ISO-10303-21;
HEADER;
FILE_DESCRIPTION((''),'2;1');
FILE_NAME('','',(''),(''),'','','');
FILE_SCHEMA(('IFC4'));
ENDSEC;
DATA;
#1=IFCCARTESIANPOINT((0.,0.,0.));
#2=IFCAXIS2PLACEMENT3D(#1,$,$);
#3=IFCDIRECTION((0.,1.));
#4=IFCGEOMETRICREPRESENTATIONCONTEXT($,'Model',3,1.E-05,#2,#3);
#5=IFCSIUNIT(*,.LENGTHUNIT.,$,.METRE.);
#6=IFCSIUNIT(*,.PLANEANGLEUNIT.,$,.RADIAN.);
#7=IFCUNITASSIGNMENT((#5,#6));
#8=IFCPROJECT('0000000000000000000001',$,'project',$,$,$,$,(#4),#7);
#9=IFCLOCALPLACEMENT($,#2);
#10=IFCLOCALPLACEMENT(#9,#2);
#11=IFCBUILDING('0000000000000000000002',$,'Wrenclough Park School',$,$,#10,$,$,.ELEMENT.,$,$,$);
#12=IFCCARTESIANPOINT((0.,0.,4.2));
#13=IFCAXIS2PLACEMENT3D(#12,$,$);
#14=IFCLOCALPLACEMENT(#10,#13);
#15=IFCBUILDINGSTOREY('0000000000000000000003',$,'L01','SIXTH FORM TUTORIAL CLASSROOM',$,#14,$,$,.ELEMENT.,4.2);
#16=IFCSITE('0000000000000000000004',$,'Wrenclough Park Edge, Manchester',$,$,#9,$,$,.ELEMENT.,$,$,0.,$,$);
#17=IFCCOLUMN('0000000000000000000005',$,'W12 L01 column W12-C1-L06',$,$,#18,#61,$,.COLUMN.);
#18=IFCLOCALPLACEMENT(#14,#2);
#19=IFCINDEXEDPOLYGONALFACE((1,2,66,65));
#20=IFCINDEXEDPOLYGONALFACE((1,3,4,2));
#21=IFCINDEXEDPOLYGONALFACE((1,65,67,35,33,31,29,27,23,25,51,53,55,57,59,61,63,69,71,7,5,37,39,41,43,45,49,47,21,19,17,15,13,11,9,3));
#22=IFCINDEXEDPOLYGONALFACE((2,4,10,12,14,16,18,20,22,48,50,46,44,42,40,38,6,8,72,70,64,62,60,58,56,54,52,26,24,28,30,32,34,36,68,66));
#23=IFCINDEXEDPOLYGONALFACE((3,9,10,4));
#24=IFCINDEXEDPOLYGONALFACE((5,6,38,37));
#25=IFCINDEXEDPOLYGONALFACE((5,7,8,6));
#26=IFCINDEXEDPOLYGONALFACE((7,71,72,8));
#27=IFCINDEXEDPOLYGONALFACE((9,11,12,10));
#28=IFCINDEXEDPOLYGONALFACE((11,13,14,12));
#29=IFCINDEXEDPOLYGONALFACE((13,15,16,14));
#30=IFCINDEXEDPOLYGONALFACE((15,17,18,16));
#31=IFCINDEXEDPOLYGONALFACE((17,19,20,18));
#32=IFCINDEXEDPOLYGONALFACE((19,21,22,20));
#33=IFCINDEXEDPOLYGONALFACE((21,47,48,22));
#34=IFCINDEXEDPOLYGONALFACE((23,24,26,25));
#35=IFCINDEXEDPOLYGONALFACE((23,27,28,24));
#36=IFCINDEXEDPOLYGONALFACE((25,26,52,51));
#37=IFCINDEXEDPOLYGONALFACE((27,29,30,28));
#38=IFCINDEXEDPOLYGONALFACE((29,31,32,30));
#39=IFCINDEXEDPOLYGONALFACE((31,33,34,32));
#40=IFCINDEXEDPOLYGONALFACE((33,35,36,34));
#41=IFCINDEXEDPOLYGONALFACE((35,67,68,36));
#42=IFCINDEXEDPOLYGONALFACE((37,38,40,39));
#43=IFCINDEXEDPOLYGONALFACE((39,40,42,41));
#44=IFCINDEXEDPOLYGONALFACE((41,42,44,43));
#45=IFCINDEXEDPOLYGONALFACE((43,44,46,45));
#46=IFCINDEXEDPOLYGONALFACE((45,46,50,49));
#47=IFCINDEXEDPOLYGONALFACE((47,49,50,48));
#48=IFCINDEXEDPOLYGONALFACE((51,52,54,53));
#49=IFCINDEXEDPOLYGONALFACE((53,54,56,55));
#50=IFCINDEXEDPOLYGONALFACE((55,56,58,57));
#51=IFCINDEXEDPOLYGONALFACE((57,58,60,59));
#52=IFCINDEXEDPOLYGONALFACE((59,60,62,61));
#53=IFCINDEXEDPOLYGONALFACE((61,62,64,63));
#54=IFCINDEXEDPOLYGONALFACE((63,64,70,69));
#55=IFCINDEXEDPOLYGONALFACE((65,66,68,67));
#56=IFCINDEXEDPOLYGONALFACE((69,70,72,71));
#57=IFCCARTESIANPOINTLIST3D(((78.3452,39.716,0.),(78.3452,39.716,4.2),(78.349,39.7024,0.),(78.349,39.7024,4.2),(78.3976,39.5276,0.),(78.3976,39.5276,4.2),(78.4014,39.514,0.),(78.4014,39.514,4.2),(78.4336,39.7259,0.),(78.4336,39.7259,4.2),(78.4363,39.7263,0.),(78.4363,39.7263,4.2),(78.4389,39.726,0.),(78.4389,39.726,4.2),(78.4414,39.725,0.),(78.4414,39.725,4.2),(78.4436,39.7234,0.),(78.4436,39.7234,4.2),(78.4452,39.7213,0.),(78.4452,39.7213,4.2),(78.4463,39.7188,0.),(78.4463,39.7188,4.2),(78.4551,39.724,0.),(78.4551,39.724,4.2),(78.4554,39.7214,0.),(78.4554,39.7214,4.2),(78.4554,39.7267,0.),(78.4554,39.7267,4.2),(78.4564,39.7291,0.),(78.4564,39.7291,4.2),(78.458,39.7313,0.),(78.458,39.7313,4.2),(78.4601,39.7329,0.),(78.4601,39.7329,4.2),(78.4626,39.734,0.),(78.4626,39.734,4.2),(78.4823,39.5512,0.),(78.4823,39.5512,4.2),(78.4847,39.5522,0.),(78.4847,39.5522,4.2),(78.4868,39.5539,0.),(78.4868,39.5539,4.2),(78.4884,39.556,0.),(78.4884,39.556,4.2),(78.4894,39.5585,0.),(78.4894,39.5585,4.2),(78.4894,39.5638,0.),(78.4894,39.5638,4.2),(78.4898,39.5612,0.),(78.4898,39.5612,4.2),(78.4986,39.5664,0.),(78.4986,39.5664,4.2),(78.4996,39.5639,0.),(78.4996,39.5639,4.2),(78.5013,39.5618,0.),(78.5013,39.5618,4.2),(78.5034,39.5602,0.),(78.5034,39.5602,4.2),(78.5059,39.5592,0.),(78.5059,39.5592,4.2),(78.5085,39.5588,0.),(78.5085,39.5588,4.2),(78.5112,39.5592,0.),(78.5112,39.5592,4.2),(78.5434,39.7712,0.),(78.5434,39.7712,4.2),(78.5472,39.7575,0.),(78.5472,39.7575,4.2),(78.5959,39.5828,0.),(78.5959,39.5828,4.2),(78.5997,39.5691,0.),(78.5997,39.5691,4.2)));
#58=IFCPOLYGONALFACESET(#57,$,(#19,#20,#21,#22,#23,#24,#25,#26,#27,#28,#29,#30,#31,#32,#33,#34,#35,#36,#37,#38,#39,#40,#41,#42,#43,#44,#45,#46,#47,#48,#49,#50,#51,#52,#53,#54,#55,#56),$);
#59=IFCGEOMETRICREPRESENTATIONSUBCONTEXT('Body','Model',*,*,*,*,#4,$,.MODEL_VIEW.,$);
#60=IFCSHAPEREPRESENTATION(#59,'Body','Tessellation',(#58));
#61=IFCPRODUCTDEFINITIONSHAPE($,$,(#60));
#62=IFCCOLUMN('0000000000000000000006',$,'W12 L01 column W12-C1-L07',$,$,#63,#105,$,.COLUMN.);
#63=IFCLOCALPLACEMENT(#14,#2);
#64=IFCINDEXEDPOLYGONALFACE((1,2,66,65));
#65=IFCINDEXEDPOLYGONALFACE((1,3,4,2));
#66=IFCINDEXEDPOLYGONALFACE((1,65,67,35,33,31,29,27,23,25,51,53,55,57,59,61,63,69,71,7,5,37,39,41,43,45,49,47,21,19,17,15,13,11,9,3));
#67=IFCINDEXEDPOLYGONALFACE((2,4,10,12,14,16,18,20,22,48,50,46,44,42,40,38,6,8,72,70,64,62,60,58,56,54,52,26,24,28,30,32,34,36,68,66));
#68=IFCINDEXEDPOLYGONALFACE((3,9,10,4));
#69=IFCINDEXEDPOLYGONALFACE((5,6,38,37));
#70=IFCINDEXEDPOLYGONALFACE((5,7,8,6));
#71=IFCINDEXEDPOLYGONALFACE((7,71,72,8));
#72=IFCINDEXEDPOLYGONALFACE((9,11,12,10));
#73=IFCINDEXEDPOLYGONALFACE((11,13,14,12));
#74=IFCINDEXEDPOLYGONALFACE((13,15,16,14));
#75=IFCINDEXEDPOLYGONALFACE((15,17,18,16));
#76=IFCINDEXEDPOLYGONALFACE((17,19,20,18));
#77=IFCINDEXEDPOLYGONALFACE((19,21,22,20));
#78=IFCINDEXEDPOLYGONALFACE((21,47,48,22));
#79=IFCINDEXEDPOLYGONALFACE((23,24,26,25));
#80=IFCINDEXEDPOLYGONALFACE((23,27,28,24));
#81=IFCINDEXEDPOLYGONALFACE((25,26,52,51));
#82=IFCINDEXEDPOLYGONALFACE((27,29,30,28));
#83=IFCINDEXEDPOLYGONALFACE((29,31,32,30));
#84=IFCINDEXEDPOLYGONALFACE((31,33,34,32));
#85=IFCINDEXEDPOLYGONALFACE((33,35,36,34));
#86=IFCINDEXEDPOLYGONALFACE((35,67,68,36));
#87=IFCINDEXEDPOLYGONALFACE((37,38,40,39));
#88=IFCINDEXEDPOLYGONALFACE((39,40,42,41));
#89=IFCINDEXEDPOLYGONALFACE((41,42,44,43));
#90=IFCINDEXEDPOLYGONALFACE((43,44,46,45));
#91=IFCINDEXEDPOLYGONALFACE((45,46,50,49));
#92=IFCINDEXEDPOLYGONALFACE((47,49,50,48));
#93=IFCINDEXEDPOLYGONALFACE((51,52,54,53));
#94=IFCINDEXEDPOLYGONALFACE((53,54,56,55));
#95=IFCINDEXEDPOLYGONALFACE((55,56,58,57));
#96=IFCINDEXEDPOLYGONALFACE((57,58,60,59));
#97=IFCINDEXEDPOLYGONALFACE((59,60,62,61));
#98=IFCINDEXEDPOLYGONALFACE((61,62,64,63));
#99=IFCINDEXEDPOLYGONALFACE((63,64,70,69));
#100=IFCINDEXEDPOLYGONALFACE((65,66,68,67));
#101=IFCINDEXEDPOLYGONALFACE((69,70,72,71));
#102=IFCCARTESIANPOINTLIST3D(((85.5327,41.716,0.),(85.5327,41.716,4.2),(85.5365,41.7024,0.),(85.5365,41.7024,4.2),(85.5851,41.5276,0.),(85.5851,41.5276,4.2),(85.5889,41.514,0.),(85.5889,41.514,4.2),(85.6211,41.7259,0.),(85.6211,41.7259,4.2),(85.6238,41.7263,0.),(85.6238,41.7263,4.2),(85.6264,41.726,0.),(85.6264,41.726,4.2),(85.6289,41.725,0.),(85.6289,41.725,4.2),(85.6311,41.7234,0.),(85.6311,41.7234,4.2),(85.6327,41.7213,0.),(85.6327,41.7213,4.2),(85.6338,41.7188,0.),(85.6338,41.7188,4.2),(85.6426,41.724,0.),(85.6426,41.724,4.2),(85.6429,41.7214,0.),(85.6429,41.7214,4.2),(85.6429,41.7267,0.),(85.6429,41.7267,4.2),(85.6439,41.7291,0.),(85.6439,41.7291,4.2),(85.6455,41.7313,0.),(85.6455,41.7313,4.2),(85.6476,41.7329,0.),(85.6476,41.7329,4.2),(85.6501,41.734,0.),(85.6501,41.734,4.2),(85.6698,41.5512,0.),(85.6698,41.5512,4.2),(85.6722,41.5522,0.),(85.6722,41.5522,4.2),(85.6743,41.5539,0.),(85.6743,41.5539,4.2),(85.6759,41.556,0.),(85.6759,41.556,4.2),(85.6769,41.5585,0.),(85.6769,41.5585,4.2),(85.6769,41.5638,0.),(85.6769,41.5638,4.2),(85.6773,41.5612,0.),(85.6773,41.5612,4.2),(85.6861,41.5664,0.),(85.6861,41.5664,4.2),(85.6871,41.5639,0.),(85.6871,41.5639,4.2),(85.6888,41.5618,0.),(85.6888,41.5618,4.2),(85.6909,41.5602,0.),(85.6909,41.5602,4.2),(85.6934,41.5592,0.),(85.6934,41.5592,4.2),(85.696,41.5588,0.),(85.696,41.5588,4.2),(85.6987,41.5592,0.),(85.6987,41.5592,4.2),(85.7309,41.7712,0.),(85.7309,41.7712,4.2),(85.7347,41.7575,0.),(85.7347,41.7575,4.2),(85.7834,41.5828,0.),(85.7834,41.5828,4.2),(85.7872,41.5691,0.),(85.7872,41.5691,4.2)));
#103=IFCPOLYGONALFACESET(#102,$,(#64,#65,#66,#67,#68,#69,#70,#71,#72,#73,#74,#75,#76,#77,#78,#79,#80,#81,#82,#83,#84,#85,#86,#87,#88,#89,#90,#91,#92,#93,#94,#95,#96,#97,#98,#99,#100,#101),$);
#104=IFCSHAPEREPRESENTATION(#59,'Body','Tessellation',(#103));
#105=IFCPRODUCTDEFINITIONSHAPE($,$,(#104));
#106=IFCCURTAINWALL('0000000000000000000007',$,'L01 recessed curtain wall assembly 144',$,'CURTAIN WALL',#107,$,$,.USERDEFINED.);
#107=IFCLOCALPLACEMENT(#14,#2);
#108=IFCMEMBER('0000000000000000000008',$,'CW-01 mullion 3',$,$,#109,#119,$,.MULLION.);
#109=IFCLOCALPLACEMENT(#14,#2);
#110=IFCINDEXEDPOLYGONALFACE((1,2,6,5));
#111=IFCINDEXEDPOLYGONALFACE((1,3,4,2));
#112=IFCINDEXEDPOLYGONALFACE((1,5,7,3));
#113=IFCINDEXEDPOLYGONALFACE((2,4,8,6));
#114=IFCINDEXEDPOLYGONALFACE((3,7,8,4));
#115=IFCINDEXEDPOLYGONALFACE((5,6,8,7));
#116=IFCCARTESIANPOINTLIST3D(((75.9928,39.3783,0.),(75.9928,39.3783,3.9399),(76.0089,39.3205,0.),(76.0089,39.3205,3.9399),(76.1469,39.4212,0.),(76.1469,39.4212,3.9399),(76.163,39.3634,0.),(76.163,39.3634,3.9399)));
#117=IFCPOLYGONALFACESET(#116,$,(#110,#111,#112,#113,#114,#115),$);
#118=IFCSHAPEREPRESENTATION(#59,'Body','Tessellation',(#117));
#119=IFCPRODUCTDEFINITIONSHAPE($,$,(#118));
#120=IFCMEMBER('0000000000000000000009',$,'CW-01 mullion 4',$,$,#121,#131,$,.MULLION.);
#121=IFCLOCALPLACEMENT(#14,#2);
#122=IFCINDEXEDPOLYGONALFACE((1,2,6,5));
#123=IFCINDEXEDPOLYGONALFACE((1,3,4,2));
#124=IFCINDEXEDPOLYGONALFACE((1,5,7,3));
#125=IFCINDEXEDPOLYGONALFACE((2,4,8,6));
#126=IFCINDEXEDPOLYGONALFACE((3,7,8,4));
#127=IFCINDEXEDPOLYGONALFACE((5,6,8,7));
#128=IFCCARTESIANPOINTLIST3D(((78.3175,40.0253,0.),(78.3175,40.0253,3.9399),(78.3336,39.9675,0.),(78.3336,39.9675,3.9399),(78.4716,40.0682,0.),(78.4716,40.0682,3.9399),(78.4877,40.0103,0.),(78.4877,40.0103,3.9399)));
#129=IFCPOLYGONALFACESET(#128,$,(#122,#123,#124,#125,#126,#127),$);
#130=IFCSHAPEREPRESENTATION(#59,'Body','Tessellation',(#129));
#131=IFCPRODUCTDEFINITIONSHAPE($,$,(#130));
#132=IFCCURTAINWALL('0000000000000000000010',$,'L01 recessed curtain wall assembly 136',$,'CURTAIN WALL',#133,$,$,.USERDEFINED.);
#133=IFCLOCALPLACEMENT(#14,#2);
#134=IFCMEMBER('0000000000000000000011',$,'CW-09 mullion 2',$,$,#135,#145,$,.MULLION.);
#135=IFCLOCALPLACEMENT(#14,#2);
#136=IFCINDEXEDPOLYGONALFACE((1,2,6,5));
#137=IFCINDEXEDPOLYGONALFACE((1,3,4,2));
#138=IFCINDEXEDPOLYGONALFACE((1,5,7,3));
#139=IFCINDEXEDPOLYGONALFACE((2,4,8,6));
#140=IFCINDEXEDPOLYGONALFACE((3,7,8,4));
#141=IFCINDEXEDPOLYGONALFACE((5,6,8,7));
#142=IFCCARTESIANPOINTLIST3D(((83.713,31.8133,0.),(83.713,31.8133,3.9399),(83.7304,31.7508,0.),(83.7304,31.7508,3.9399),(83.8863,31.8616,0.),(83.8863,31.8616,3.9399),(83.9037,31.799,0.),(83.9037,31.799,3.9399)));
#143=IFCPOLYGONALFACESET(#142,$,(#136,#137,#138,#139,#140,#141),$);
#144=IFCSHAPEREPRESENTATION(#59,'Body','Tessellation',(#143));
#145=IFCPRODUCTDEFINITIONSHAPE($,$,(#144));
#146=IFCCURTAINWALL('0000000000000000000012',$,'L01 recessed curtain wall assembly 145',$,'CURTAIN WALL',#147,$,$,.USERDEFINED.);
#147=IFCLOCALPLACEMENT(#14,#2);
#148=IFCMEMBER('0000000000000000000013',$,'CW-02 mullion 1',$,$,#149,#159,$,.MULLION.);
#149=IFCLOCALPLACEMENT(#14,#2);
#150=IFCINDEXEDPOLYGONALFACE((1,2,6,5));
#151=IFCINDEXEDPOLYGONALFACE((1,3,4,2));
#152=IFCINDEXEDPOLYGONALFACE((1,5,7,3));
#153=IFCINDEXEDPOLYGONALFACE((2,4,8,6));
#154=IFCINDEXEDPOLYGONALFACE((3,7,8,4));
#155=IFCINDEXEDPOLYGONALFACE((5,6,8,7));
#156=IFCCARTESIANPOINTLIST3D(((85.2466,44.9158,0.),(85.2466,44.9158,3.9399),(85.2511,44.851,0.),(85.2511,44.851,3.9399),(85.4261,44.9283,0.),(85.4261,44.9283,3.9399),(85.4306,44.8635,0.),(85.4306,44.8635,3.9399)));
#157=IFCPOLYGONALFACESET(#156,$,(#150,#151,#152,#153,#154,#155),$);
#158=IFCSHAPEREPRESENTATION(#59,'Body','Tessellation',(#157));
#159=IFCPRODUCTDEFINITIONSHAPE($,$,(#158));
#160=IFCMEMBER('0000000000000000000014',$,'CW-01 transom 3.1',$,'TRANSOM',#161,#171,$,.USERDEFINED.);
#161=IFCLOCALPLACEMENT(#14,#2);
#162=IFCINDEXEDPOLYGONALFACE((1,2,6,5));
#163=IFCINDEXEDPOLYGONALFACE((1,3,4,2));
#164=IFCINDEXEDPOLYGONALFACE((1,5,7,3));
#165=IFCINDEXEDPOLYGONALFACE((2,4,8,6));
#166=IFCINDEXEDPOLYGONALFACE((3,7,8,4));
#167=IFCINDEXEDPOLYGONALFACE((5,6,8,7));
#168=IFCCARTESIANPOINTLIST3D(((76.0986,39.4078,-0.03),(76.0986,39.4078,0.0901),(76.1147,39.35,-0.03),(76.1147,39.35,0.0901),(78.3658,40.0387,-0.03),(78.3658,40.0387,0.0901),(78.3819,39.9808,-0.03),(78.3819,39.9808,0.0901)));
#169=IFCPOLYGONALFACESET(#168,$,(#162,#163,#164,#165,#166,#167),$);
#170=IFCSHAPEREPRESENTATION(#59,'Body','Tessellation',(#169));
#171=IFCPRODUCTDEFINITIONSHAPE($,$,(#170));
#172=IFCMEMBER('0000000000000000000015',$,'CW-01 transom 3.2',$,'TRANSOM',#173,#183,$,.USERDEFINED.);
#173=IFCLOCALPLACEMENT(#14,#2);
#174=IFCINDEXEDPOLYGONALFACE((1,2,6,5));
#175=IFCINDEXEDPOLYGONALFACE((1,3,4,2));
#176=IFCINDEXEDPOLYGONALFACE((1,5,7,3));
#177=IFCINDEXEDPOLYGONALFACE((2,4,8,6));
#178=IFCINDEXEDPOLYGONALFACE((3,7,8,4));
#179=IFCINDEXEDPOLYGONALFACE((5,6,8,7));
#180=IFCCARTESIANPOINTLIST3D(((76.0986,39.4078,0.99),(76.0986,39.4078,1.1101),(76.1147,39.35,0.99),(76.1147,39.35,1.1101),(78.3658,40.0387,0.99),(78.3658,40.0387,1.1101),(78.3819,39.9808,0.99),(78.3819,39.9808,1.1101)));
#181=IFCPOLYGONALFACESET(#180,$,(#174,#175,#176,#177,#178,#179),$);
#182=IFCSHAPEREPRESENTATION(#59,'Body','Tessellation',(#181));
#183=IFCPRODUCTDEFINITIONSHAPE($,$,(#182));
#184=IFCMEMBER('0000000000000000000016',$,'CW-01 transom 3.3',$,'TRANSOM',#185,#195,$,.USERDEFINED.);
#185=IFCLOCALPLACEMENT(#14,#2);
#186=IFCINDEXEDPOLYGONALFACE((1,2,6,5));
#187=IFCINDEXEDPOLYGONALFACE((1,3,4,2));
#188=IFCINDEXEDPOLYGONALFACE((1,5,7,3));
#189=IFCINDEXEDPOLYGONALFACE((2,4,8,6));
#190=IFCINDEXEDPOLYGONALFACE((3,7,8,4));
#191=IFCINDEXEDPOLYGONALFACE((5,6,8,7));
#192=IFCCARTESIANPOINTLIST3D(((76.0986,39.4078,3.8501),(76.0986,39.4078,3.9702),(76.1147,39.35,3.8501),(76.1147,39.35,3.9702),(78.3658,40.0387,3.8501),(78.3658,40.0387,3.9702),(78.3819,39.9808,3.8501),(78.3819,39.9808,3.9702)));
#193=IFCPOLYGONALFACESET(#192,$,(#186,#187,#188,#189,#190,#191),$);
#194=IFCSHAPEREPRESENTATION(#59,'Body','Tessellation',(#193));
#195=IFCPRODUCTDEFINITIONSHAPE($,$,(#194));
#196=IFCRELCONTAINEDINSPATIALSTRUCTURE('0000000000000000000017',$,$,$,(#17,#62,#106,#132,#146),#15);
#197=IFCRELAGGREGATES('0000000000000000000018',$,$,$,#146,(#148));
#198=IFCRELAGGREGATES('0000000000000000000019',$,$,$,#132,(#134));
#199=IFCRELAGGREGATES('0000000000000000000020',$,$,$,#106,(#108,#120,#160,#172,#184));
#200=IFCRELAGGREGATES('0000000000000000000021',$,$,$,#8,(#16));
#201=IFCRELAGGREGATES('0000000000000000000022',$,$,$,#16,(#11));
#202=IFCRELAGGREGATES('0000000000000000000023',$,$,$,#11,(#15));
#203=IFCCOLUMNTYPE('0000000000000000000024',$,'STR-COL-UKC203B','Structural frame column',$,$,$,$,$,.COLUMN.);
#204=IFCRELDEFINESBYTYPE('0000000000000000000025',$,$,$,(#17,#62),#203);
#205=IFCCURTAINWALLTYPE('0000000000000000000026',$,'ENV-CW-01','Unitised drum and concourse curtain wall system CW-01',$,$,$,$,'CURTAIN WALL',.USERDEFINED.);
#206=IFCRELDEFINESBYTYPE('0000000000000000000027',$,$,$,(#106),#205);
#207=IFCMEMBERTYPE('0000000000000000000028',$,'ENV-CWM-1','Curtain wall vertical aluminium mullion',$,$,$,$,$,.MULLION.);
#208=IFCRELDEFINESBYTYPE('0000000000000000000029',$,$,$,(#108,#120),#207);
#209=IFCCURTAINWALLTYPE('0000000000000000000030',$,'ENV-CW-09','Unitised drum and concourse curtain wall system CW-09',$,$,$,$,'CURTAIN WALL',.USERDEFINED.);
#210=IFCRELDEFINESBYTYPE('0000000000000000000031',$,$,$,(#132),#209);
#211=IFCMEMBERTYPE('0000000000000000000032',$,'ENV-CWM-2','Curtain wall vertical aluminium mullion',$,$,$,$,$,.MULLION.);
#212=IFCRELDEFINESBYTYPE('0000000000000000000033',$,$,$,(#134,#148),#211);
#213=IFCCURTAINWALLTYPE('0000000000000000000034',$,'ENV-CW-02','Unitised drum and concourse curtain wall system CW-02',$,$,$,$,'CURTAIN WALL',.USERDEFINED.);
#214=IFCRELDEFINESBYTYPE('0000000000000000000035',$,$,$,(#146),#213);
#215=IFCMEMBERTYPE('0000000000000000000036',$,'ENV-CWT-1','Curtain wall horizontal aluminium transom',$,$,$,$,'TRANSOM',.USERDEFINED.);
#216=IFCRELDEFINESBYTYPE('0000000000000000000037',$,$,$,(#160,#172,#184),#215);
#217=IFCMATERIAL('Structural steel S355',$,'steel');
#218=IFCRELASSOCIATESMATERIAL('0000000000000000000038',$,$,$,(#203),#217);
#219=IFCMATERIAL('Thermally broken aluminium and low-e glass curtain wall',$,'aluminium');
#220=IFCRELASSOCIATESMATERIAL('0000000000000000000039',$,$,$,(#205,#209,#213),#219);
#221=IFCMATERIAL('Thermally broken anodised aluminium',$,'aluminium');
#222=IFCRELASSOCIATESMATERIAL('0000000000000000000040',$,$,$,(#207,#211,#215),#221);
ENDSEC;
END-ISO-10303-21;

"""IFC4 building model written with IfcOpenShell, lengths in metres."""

from ifc_helpers import new_model, si_unit, direction, frame, origin, origin_2d, place, context, subcontext, project, spatial, rectangle, i_section, extrude, material, material_profile, profile_set, type_object, element, aggregate, save


model = new_model("IFC4")

# Units and contexts
model_context = context("Model", 3, precision=1e-05, world=origin(), true_north=direction((0.0, 1.0)))
body_context = subcontext(model_context, "Body", "Model", "MODEL_VIEW")
ifc_project = project(units=[si_unit("LENGTHUNIT", "METRE"), si_unit("PLANEANGLEUNIT", "RADIAN")], contexts=[model_context])

# Site, building, storey
site_placement = place(None, origin())
site = spatial("IfcSite", under=ifc_project, at=site_placement, Name="Wrenclough Park Edge, Manchester", CompositionType="ELEMENT", RefElevation=0.0)
building_placement = place(site_placement, origin())
building = spatial("IfcBuilding", under=site, at=building_placement, Name="Wrenclough Park School", CompositionType="ELEMENT")
storey_placement = place(building_placement, frame((0.0, 0.0, 4.2)))
storey = spatial("IfcBuildingStorey", under=building, at=storey_placement, Name="L01", Description="SIXTH FORM TUTORIAL CLASSROOM", CompositionType="ELEMENT", Elevation=4.2)

# Columns
ifc_material_1 = material(Name="Structural steel S355", Category="steel")
ifc_material_profile_1 = material_profile(ifc_material_1, i_section(OverallWidth=0.2058, OverallDepth=0.2097, WebThickness=0.0095, FlangeThickness=0.0142, FilletRadius=0.0103, at=origin_2d()), Name="UKC 203x203x60")
ifc_profile_set_1 = profile_set([ifc_material_profile_1], Name="Structural steel S355")
column_type = type_object("IfcColumnType", Name="STR-COL-UKC203B", Description="Structural frame column", PredefinedType="COLUMN", material=ifc_profile_set_1)
for number, where, z_axis, x_axis, name in (
    (1, (78.4724, 39.6426, 0.0), (0.0, 0.0, 1.0), (0.963397, 0.268079, 0.0), "W12 L01 column W12-C1-L06"),
    (2, (85.6599, 41.6426, 0.0), (0.0, 0.0, 1.0), (0.963397, 0.268079, 0.0), "W12 L01 column W12-C1-L07"),
):
    element("IfcColumn", number, at=place(storey_placement, frame(where, z_axis=z_axis, x_axis=x_axis)), inside=storey, type_object=column_type, Name=name, PredefinedType="COLUMN", context=body_context, shape_type="SweptSolid", body=[
        extrude(i_section(OverallWidth=0.2058, OverallDepth=0.2097, WebThickness=0.0095, FlangeThickness=0.0142, FilletRadius=0.0103, at=origin_2d()), origin(), (0.0, 0.0, 1.0), 4.2),
    ])

# Curtain wall, members
ifc_material_2 = material(Name="Thermally broken aluminium and low-e glass curtain wall", Category="aluminium")
curtain_wall_type_1 = type_object("IfcCurtainWallType", Name="ENV-CW-01", Description="Unitised drum and concourse curtain wall system CW-01", ElementType="CURTAIN WALL", PredefinedType="USERDEFINED", material=ifc_material_2)
curtain_wall_1_placement = place(storey_placement, origin())
curtain_wall_1 = element("IfcCurtainWall", 3, at=curtain_wall_1_placement, inside=storey, type_object=curtain_wall_type_1, Name="L01 recessed curtain wall assembly 144", ObjectType="CURTAIN WALL", PredefinedType="USERDEFINED")
ifc_material_3 = material(Name="Thermally broken anodised aluminium", Category="aluminium")
ifc_material_profile_2 = material_profile(ifc_material_3, rectangle(XDim=0.0601, YDim=0.1599, at=origin_2d()), Name="AL MULLION 60x160")
ifc_profile_set_2 = profile_set([ifc_material_profile_2], Name="Thermally broken anodised aluminium")
member_type_1 = type_object("IfcMemberType", Name="ENV-CWM-1", Description="Curtain wall vertical aluminium mullion", PredefinedType="MULLION", material=ifc_profile_set_2)
member_1_placement = place(storey_placement, frame((76.0779, 39.3708, 0.0), z_axis=(0.0, 0.0, 1.0), x_axis=(-0.268082, 0.963396, 0.0)))
member_1 = element("IfcMember", 4, at=member_1_placement, type_object=member_type_1, Name="CW-01 mullion 3", PredefinedType="MULLION", context=body_context, shape_type="SweptSolid", body=[
    extrude(rectangle(XDim=0.0601, YDim=0.1599, at=origin_2d()), origin(), (0.0, 0.0, 1.0), 3.9399),
])
member_2_placement = place(storey_placement, frame((78.4026, 40.0178, 0.0), z_axis=(0.0, 0.0, 1.0), x_axis=(-0.268082, 0.963396, 0.0)))
member_2 = element("IfcMember", 5, at=member_2_placement, type_object=member_type_1, Name="CW-01 mullion 4", PredefinedType="MULLION", context=body_context, shape_type="SweptSolid", body=[
    extrude(rectangle(XDim=0.0601, YDim=0.1599, at=origin_2d()), origin(), (0.0, 0.0, 1.0), 3.9399),
])

# Curtain walls, members
curtain_wall_type_2 = type_object("IfcCurtainWallType", Name="ENV-CW-09", Description="Unitised drum and concourse curtain wall system CW-09", ElementType="CURTAIN WALL", PredefinedType="USERDEFINED", material=ifc_material_2)
curtain_wall_2_placement = place(storey_placement, origin())
curtain_wall_2 = element("IfcCurtainWall", 6, at=curtain_wall_2_placement, inside=storey, type_object=curtain_wall_type_2, Name="L01 recessed curtain wall assembly 136", ObjectType="CURTAIN WALL", PredefinedType="USERDEFINED")
ifc_material_profile_3 = material_profile(ifc_material_3, rectangle(XDim=0.0649, YDim=0.1799, at=origin_2d()), Name="AL MULLION 65x180")
ifc_profile_set_3 = profile_set([ifc_material_profile_3], Name="Thermally broken anodised aluminium")
member_type_2 = type_object("IfcMemberType", Name="ENV-CWM-2", Description="Curtain wall vertical aluminium mullion", PredefinedType="MULLION", material=ifc_profile_set_3)
member_3_placement = place(storey_placement, frame((83.8083, 31.8062, 0.0), z_axis=(0.0, 0.0, 1.0), x_axis=(0.268073, -0.963399, 0.0)))
member_3 = element("IfcMember", 7, at=member_3_placement, type_object=member_type_2, Name="CW-09 mullion 2", PredefinedType="MULLION", context=body_context, shape_type="SweptSolid", body=[
    extrude(rectangle(XDim=0.0649, YDim=0.1799, at=origin_2d()), origin(), (0.0, 0.0, 1.0), 3.9399),
])
curtain_wall_type_3 = type_object("IfcCurtainWallType", Name="ENV-CW-02", Description="Unitised drum and concourse curtain wall system CW-02", ElementType="CURTAIN WALL", PredefinedType="USERDEFINED", material=ifc_material_2)
curtain_wall_3_placement = place(storey_placement, origin())
curtain_wall_3 = element("IfcCurtainWall", 8, at=curtain_wall_3_placement, inside=storey, type_object=curtain_wall_type_3, Name="L01 recessed curtain wall assembly 145", ObjectType="CURTAIN WALL", PredefinedType="USERDEFINED")
member_4_placement = place(storey_placement, frame((85.3386, 44.8896, 0.0), z_axis=(0.0, 0.0, 1.0), x_axis=(-0.069742, 0.997565, 0.0)))
member_4 = element("IfcMember", 9, at=member_4_placement, type_object=member_type_2, Name="CW-02 mullion 1", PredefinedType="MULLION", context=body_context, shape_type="SweptSolid", body=[
    extrude(rectangle(XDim=0.0649, YDim=0.1799, at=origin_2d()), origin(), (0.0, 0.0, 1.0), 3.9399),
])

# Members
ifc_material_profile_4 = material_profile(ifc_material_3, rectangle(XDim=0.0601, YDim=0.1201, at=origin_2d()), Name="AL TRANSOM 60x120")
ifc_profile_set_4 = profile_set([ifc_material_profile_4], Name="Thermally broken anodised aluminium")
member_type_3 = type_object("IfcMemberType", Name="ENV-CWT-1", Description="Curtain wall horizontal aluminium transom", ElementType="TRANSOM", PredefinedType="USERDEFINED", material=ifc_profile_set_4)
member_5_placement = place(storey_placement, frame((76.1067, 39.3789, 0.03), z_axis=(0.963396, 0.268083, 0.0), x_axis=(-0.268083, 0.963396, 0.0)))
member_5 = element("IfcMember", 10, at=member_5_placement, type_object=member_type_3, Name="CW-01 transom 3.1", ObjectType="TRANSOM", PredefinedType="USERDEFINED", context=body_context, shape_type="SweptSolid", body=[
    extrude(rectangle(XDim=0.0601, YDim=0.1201, at=origin_2d()), origin(), (0.0, 0.0, 1.0), 2.3533),
])
member_6_placement = place(storey_placement, frame((76.1067, 39.3789, 1.05), z_axis=(0.963396, 0.268083, 0.0), x_axis=(-0.268083, 0.963396, 0.0)))
member_6 = element("IfcMember", 11, at=member_6_placement, type_object=member_type_3, Name="CW-01 transom 3.2", ObjectType="TRANSOM", PredefinedType="USERDEFINED", context=body_context, shape_type="SweptSolid", body=[
    extrude(rectangle(XDim=0.0601, YDim=0.1201, at=origin_2d()), origin(), (0.0, 0.0, 1.0), 2.3533),
])
member_7_placement = place(storey_placement, frame((76.1067, 39.3789, 3.9102), z_axis=(0.963396, 0.268083, 0.0), x_axis=(-0.268083, 0.963396, 0.0)))
member_7 = element("IfcMember", 12, at=member_7_placement, type_object=member_type_3, Name="CW-01 transom 3.3", ObjectType="TRANSOM", PredefinedType="USERDEFINED", context=body_context, shape_type="SweptSolid", body=[
    extrude(rectangle(XDim=0.0601, YDim=0.1201, at=origin_2d()), origin(), (0.0, 0.0, 1.0), 2.3533),
])
aggregate(curtain_wall_3, [member_4])

aggregate(curtain_wall_2, [member_3])
aggregate(curtain_wall_1, [member_1, member_2, member_5, member_6, member_7])

save(model, "model.ifc")
